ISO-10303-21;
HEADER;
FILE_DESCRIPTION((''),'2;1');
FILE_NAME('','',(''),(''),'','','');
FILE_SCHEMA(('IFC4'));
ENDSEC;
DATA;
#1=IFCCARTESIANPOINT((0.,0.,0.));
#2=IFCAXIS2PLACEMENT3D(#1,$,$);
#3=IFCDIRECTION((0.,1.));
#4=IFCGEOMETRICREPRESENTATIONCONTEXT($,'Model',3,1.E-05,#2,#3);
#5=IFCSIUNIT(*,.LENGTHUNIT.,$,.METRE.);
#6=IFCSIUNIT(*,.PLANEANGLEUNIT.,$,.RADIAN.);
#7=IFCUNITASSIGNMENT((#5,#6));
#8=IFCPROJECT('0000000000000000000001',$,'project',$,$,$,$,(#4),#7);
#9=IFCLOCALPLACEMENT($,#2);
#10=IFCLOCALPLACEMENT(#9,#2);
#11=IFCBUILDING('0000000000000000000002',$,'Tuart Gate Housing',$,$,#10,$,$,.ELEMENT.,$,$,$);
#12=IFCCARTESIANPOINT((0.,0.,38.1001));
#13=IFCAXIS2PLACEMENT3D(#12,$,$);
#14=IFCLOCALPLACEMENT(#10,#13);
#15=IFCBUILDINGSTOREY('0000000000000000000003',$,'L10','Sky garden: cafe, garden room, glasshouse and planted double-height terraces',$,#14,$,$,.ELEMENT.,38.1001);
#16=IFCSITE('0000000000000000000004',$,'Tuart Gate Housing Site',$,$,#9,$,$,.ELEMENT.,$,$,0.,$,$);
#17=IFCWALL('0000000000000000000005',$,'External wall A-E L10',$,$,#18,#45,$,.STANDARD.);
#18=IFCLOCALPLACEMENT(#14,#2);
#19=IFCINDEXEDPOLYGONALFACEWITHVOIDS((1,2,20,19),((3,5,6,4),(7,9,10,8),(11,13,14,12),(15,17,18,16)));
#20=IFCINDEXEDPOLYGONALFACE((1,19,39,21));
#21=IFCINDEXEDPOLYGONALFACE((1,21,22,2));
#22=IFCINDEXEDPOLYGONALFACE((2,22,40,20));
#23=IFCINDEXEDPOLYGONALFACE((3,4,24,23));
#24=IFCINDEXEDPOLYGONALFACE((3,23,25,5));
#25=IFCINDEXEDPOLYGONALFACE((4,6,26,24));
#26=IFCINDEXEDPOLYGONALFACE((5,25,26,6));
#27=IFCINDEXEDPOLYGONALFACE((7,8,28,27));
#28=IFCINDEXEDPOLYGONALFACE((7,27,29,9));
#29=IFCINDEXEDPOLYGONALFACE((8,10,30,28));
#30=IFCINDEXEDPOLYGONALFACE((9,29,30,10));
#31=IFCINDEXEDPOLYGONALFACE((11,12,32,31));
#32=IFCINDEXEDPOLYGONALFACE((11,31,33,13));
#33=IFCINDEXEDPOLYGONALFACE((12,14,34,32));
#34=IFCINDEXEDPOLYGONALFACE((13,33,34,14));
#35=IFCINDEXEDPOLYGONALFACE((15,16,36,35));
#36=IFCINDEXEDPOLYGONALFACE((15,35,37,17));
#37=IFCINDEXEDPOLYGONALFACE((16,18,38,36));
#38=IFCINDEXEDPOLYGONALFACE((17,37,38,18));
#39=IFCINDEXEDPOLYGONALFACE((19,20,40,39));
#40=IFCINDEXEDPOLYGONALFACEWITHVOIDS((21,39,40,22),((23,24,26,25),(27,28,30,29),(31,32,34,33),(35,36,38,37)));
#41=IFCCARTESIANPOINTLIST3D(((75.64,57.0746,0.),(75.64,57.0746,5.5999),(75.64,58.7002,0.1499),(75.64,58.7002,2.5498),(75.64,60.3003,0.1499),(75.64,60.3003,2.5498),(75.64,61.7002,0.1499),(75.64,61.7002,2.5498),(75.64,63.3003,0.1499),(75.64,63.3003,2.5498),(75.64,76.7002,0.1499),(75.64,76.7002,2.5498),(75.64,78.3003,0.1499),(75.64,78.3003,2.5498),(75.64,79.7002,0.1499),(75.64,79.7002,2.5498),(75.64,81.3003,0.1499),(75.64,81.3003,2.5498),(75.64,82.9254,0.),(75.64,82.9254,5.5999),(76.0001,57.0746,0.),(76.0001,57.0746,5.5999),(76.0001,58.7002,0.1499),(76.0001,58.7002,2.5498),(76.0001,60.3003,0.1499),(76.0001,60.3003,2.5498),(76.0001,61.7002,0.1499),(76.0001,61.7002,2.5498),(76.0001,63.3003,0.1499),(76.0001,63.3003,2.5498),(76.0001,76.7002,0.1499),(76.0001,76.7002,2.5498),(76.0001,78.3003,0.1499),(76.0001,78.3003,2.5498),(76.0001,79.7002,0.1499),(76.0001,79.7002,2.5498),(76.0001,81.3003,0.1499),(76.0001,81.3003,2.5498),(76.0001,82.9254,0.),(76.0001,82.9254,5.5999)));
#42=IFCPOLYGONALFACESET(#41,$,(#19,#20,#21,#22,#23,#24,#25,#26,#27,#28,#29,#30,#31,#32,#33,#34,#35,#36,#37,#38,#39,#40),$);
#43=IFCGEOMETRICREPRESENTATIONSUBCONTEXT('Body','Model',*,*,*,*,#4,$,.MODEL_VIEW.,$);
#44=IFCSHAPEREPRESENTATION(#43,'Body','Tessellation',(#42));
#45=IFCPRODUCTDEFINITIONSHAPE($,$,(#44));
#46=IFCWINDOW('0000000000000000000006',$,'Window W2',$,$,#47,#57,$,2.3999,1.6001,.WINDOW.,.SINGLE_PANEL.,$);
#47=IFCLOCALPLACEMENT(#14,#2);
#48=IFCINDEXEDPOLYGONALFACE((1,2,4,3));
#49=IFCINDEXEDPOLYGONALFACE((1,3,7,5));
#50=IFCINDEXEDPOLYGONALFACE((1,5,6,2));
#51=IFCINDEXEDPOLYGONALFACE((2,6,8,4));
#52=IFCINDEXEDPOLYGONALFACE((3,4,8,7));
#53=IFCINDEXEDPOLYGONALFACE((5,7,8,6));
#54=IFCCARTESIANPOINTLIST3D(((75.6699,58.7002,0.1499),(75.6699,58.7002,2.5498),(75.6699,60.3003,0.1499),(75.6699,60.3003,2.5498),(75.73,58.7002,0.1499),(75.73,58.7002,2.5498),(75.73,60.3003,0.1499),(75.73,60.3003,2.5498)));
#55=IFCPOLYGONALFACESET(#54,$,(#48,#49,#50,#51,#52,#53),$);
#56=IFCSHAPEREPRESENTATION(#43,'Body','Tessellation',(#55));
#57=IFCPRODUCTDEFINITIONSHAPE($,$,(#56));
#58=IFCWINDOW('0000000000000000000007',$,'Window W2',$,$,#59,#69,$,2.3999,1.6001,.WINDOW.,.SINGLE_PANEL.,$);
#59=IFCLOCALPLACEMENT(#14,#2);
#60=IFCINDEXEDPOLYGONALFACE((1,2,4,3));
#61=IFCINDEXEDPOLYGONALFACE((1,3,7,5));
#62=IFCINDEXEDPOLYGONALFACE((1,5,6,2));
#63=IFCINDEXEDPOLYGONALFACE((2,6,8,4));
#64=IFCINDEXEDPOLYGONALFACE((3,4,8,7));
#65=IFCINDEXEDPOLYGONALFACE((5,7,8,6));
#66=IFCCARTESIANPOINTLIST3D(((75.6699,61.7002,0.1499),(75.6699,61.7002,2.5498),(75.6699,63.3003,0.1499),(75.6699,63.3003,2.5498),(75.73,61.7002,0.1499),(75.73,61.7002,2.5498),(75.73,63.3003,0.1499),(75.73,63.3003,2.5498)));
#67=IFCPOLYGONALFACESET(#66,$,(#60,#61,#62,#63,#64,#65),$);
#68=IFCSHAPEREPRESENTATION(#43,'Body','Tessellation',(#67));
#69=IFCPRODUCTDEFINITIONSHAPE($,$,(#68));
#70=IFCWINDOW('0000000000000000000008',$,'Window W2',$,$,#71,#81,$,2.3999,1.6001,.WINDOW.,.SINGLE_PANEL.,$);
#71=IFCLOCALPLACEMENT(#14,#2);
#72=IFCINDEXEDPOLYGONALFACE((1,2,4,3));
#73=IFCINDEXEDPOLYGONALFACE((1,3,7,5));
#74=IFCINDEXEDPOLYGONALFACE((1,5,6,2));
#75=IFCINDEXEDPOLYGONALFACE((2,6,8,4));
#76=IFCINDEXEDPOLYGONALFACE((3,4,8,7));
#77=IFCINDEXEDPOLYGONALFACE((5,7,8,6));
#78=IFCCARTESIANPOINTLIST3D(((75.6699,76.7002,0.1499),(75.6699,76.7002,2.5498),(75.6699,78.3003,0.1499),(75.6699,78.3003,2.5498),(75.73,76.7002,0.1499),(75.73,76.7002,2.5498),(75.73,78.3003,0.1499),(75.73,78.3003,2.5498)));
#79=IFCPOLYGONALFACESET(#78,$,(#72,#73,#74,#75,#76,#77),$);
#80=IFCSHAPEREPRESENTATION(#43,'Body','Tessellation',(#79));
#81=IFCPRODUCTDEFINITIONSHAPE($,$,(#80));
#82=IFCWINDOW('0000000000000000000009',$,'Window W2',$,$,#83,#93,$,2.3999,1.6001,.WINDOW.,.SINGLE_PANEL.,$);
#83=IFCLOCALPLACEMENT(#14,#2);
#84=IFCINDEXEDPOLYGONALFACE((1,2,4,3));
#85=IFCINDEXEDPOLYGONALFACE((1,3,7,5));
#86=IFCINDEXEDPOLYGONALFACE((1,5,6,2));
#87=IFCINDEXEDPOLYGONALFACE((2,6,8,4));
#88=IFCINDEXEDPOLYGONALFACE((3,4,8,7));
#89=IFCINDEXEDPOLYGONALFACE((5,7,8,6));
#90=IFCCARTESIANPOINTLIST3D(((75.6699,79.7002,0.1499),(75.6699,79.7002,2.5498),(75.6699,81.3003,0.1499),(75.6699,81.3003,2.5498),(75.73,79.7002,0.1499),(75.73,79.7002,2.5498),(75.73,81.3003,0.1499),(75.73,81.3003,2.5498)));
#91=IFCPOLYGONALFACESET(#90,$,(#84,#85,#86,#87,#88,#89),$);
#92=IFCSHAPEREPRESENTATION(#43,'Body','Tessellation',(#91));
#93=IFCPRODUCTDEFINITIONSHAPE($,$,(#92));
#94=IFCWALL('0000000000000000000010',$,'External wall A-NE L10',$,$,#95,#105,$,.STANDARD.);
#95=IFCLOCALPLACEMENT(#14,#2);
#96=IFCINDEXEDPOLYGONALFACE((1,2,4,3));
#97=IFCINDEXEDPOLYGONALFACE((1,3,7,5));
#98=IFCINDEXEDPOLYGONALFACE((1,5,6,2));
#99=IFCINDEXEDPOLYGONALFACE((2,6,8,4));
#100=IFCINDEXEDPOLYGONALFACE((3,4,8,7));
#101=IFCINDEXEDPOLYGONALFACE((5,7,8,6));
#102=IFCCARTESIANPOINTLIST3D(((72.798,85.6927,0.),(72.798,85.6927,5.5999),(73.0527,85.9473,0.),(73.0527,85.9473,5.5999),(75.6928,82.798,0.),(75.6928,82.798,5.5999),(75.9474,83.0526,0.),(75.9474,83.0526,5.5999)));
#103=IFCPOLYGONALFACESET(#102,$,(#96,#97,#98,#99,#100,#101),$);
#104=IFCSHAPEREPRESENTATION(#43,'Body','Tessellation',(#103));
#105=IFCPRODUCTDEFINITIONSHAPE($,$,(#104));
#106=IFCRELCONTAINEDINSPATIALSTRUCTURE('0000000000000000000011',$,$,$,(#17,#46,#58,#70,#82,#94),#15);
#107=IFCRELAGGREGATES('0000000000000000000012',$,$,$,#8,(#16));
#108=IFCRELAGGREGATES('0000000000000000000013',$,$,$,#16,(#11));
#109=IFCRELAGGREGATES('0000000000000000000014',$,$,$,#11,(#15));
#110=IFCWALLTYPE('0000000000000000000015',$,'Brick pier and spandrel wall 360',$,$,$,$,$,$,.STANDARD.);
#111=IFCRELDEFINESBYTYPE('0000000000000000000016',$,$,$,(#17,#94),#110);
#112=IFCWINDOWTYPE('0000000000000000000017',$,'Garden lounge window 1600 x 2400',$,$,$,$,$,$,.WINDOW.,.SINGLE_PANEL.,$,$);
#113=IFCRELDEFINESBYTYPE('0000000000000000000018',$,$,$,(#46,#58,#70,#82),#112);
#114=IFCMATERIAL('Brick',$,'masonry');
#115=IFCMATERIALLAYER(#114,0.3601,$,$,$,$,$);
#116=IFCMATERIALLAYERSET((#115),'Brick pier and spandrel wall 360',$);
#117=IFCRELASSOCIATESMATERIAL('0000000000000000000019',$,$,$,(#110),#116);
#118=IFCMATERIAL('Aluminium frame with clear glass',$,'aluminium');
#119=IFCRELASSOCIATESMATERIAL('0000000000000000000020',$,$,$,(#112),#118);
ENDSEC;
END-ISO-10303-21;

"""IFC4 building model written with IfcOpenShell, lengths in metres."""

from ifc_helpers import new_model, si_unit, direction, frame, frame_2d, origin, place, context, subcontext, project, spatial, rectangle, extrude, material, layer, layer_set, type_object, element, fill, save


model = new_model("IFC4")

# Units and contexts
model_context = context("Model", 3, precision=1e-05, world=origin(), true_north=direction((0.0, 1.0)))
body_context = subcontext(model_context, "Body", "Model", "MODEL_VIEW")
ifc_project = project(units=[si_unit("LENGTHUNIT", "METRE"), si_unit("PLANEANGLEUNIT", "RADIAN")], contexts=[model_context])

# Site, building, storey
site_placement = place(None, origin())
site = spatial("IfcSite", under=ifc_project, at=site_placement, Name="Tuart Gate Housing Site", CompositionType="ELEMENT", RefElevation=0.0)
building_placement = place(site_placement, origin())
building = spatial("IfcBuilding", under=site, at=building_placement, Name="Tuart Gate Housing", CompositionType="ELEMENT")
storey_placement = place(building_placement, frame((0.0, 0.0, 38.1001)))
storey = spatial("IfcBuildingStorey", under=building, at=storey_placement, Name="L10", Description="Sky garden: cafe, garden room, glasshouse and planted double-height terraces", CompositionType="ELEMENT", Elevation=38.1001)

# Wall, openings, windows
ifc_material_1 = material(Name="Brick", Category="masonry")
ifc_layer = layer(ifc_material_1, 0.3601)
ifc_layer_set = layer_set([ifc_layer], Name="Brick pier and spandrel wall 360")
wall_type = type_object("IfcWallType", Name="Brick pier and spandrel wall 360", PredefinedType="STANDARD", material=ifc_layer_set)
wall_1_placement = place(storey_placement, frame((75.8201, 57.0747, 0.0), z_axis=(0.0, 0.0, 1.0), x_axis=(0.0, 1.0, 0.0)))
wall_1 = element("IfcWall", 1, at=wall_1_placement, inside=storey, type_object=wall_type, Name="External wall A-E L10", PredefinedType="STANDARD", context=body_context, shape_type="SweptSolid", body=[
    extrude(rectangle(XDim=25.8508, YDim=0.3601, at=frame_2d((12.9253, 0.0))), origin(), (0.0, 0.0, 1.0), 5.5999),
])
opening_1_placement = place(wall_1_placement, frame((1.6255, 0.0, 0.1499)))
opening_1 = element("IfcOpeningElement", 2, at=opening_1_placement, cuts=wall_1, PredefinedType="OPENING", context=body_context, shape_type="SweptSolid", body=[
    extrude(rectangle(XDim=1.6001, YDim=2.3999, at=frame_2d((0.8, 1.2))), frame((0.0, 0.1899, 0.0), z_axis=(0.0, -1.0, 0.0), x_axis=(1.0, 0.0, 0.0)), (0.0, 0.0, 1.0), 0.3801),
])
opening_2_placement = place(wall_1_placement, frame((4.6255, 0.0, 0.1499)))
opening_2 = element("IfcOpeningElement", 3, at=opening_2_placement, cuts=wall_1, PredefinedType="OPENING", context=body_context, shape_type="SweptSolid", body=[
    extrude(rectangle(XDim=1.6001, YDim=2.3999, at=frame_2d((0.8, 1.2))), frame((0.0, 0.1899, 0.0), z_axis=(0.0, -1.0, 0.0), x_axis=(1.0, 0.0, 0.0)), (0.0, 0.0, 1.0), 0.3801),
])
opening_3_placement = place(wall_1_placement, frame((19.6255, 0.0, 0.1499)))
opening_3 = element("IfcOpeningElement", 4, at=opening_3_placement, cuts=wall_1, PredefinedType="OPENING", context=body_context, shape_type="SweptSolid", body=[
    extrude(rectangle(XDim=1.6001, YDim=2.3999, at=frame_2d((0.8, 1.2))), frame((0.0, 0.1899, 0.0), z_axis=(0.0, -1.0, 0.0), x_axis=(1.0, 0.0, 0.0)), (0.0, 0.0, 1.0), 0.3801),
])
opening_4_placement = place(wall_1_placement, frame((22.6255, 0.0, 0.1499)))
opening_4 = element("IfcOpeningElement", 5, at=opening_4_placement, cuts=wall_1, PredefinedType="OPENING", context=body_context, shape_type="SweptSolid", body=[
    extrude(rectangle(XDim=1.6001, YDim=2.3999, at=frame_2d((0.8, 1.2))), frame((0.0, 0.1899, 0.0), z_axis=(0.0, -1.0, 0.0), x_axis=(1.0, 0.0, 0.0)), (0.0, 0.0, 1.0), 0.3801),
])
ifc_material_2 = material(Name="Aluminium frame with clear glass", Category="aluminium")
window_type = type_object("IfcWindowType", Name="Garden lounge window 1600 x 2400", PartitioningType="SINGLE_PANEL", PredefinedType="WINDOW", material=ifc_material_2)
window_1_placement = place(opening_1_placement, origin())
window_1 = element("IfcWindow", 6, at=window_1_placement, inside=storey, type_object=window_type, Name="Window W2", OverallHeight=2.3999, OverallWidth=1.6001, PartitioningType="SINGLE_PANEL", PredefinedType="WINDOW", context=body_context, shape_type="SweptSolid", body=[
    extrude(rectangle(XDim=1.6001, YDim=2.3999, at=frame_2d((0.8, 1.2))), frame((0.0, 0.1501, 0.0), z_axis=(0.0, -1.0, 0.0), x_axis=(1.0, 0.0, 0.0)), (0.0, 0.0, 1.0), 0.0601),
])
fill(opening_1, window_1)
window_2_placement = place(opening_2_placement, origin())
window_2 = element("IfcWindow", 7, at=window_2_placement, inside=storey, type_object=window_type, Name="Window W2", OverallHeight=2.3999, OverallWidth=1.6001, PartitioningType="SINGLE_PANEL", PredefinedType="WINDOW", context=body_context, shape_type="SweptSolid", body=[
    extrude(rectangle(XDim=1.6001, YDim=2.3999, at=frame_2d((0.8, 1.2))), frame((0.0, 0.1501, 0.0), z_axis=(0.0, -1.0, 0.0), x_axis=(1.0, 0.0, 0.0)), (0.0, 0.0, 1.0), 0.0601),
])
fill(opening_2, window_2)
window_3_placement = place(opening_3_placement, origin())
window_3 = element("IfcWindow", 8, at=window_3_placement, inside=storey, type_object=window_type, Name="Window W2", OverallHeight=2.3999, OverallWidth=1.6001, PartitioningType="SINGLE_PANEL", PredefinedType="WINDOW", context=body_context, shape_type="SweptSolid", body=[
    extrude(rectangle(XDim=1.6001, YDim=2.3999, at=frame_2d((0.8, 1.2))), frame((0.0, 0.1501, 0.0), z_axis=(0.0, -1.0, 0.0), x_axis=(1.0, 0.0, 0.0)), (0.0, 0.0, 1.0), 0.0601),
])
fill(opening_3, window_3)
window_4_placement = place(opening_4_placement, origin())
window_4 = element("IfcWindow", 9, at=window_4_placement, inside=storey, type_object=window_type, Name="Window W2", OverallHeight=2.3999, OverallWidth=1.6001, PartitioningType="SINGLE_PANEL", PredefinedType="WINDOW", context=body_context, shape_type="SweptSolid", body=[
    extrude(rectangle(XDim=1.6001, YDim=2.3999, at=frame_2d((0.8, 1.2))), frame((0.0, 0.1501, 0.0), z_axis=(0.0, -1.0, 0.0), x_axis=(1.0, 0.0, 0.0)), (0.0, 0.0, 1.0), 0.0601),
])
fill(opening_4, window_4)

# Wall
wall_2_placement = place(storey_placement, frame((75.8201, 82.9253, 0.0), z_axis=(0.0, 0.0, 1.0), x_axis=(-0.707107, 0.707107, 0.0)))
element("IfcWall", 10, at=wall_2_placement, inside=storey, type_object=wall_type, Name="External wall A-NE L10", PredefinedType="STANDARD", context=body_context, shape_type="SweptSolid", body=[
    extrude(rectangle(XDim=4.0938, YDim=0.3601, at=frame_2d((2.0469, 0.0))), origin(), (0.0, 0.0, 1.0), 5.5999),
])

save(model, "model.ifc")
